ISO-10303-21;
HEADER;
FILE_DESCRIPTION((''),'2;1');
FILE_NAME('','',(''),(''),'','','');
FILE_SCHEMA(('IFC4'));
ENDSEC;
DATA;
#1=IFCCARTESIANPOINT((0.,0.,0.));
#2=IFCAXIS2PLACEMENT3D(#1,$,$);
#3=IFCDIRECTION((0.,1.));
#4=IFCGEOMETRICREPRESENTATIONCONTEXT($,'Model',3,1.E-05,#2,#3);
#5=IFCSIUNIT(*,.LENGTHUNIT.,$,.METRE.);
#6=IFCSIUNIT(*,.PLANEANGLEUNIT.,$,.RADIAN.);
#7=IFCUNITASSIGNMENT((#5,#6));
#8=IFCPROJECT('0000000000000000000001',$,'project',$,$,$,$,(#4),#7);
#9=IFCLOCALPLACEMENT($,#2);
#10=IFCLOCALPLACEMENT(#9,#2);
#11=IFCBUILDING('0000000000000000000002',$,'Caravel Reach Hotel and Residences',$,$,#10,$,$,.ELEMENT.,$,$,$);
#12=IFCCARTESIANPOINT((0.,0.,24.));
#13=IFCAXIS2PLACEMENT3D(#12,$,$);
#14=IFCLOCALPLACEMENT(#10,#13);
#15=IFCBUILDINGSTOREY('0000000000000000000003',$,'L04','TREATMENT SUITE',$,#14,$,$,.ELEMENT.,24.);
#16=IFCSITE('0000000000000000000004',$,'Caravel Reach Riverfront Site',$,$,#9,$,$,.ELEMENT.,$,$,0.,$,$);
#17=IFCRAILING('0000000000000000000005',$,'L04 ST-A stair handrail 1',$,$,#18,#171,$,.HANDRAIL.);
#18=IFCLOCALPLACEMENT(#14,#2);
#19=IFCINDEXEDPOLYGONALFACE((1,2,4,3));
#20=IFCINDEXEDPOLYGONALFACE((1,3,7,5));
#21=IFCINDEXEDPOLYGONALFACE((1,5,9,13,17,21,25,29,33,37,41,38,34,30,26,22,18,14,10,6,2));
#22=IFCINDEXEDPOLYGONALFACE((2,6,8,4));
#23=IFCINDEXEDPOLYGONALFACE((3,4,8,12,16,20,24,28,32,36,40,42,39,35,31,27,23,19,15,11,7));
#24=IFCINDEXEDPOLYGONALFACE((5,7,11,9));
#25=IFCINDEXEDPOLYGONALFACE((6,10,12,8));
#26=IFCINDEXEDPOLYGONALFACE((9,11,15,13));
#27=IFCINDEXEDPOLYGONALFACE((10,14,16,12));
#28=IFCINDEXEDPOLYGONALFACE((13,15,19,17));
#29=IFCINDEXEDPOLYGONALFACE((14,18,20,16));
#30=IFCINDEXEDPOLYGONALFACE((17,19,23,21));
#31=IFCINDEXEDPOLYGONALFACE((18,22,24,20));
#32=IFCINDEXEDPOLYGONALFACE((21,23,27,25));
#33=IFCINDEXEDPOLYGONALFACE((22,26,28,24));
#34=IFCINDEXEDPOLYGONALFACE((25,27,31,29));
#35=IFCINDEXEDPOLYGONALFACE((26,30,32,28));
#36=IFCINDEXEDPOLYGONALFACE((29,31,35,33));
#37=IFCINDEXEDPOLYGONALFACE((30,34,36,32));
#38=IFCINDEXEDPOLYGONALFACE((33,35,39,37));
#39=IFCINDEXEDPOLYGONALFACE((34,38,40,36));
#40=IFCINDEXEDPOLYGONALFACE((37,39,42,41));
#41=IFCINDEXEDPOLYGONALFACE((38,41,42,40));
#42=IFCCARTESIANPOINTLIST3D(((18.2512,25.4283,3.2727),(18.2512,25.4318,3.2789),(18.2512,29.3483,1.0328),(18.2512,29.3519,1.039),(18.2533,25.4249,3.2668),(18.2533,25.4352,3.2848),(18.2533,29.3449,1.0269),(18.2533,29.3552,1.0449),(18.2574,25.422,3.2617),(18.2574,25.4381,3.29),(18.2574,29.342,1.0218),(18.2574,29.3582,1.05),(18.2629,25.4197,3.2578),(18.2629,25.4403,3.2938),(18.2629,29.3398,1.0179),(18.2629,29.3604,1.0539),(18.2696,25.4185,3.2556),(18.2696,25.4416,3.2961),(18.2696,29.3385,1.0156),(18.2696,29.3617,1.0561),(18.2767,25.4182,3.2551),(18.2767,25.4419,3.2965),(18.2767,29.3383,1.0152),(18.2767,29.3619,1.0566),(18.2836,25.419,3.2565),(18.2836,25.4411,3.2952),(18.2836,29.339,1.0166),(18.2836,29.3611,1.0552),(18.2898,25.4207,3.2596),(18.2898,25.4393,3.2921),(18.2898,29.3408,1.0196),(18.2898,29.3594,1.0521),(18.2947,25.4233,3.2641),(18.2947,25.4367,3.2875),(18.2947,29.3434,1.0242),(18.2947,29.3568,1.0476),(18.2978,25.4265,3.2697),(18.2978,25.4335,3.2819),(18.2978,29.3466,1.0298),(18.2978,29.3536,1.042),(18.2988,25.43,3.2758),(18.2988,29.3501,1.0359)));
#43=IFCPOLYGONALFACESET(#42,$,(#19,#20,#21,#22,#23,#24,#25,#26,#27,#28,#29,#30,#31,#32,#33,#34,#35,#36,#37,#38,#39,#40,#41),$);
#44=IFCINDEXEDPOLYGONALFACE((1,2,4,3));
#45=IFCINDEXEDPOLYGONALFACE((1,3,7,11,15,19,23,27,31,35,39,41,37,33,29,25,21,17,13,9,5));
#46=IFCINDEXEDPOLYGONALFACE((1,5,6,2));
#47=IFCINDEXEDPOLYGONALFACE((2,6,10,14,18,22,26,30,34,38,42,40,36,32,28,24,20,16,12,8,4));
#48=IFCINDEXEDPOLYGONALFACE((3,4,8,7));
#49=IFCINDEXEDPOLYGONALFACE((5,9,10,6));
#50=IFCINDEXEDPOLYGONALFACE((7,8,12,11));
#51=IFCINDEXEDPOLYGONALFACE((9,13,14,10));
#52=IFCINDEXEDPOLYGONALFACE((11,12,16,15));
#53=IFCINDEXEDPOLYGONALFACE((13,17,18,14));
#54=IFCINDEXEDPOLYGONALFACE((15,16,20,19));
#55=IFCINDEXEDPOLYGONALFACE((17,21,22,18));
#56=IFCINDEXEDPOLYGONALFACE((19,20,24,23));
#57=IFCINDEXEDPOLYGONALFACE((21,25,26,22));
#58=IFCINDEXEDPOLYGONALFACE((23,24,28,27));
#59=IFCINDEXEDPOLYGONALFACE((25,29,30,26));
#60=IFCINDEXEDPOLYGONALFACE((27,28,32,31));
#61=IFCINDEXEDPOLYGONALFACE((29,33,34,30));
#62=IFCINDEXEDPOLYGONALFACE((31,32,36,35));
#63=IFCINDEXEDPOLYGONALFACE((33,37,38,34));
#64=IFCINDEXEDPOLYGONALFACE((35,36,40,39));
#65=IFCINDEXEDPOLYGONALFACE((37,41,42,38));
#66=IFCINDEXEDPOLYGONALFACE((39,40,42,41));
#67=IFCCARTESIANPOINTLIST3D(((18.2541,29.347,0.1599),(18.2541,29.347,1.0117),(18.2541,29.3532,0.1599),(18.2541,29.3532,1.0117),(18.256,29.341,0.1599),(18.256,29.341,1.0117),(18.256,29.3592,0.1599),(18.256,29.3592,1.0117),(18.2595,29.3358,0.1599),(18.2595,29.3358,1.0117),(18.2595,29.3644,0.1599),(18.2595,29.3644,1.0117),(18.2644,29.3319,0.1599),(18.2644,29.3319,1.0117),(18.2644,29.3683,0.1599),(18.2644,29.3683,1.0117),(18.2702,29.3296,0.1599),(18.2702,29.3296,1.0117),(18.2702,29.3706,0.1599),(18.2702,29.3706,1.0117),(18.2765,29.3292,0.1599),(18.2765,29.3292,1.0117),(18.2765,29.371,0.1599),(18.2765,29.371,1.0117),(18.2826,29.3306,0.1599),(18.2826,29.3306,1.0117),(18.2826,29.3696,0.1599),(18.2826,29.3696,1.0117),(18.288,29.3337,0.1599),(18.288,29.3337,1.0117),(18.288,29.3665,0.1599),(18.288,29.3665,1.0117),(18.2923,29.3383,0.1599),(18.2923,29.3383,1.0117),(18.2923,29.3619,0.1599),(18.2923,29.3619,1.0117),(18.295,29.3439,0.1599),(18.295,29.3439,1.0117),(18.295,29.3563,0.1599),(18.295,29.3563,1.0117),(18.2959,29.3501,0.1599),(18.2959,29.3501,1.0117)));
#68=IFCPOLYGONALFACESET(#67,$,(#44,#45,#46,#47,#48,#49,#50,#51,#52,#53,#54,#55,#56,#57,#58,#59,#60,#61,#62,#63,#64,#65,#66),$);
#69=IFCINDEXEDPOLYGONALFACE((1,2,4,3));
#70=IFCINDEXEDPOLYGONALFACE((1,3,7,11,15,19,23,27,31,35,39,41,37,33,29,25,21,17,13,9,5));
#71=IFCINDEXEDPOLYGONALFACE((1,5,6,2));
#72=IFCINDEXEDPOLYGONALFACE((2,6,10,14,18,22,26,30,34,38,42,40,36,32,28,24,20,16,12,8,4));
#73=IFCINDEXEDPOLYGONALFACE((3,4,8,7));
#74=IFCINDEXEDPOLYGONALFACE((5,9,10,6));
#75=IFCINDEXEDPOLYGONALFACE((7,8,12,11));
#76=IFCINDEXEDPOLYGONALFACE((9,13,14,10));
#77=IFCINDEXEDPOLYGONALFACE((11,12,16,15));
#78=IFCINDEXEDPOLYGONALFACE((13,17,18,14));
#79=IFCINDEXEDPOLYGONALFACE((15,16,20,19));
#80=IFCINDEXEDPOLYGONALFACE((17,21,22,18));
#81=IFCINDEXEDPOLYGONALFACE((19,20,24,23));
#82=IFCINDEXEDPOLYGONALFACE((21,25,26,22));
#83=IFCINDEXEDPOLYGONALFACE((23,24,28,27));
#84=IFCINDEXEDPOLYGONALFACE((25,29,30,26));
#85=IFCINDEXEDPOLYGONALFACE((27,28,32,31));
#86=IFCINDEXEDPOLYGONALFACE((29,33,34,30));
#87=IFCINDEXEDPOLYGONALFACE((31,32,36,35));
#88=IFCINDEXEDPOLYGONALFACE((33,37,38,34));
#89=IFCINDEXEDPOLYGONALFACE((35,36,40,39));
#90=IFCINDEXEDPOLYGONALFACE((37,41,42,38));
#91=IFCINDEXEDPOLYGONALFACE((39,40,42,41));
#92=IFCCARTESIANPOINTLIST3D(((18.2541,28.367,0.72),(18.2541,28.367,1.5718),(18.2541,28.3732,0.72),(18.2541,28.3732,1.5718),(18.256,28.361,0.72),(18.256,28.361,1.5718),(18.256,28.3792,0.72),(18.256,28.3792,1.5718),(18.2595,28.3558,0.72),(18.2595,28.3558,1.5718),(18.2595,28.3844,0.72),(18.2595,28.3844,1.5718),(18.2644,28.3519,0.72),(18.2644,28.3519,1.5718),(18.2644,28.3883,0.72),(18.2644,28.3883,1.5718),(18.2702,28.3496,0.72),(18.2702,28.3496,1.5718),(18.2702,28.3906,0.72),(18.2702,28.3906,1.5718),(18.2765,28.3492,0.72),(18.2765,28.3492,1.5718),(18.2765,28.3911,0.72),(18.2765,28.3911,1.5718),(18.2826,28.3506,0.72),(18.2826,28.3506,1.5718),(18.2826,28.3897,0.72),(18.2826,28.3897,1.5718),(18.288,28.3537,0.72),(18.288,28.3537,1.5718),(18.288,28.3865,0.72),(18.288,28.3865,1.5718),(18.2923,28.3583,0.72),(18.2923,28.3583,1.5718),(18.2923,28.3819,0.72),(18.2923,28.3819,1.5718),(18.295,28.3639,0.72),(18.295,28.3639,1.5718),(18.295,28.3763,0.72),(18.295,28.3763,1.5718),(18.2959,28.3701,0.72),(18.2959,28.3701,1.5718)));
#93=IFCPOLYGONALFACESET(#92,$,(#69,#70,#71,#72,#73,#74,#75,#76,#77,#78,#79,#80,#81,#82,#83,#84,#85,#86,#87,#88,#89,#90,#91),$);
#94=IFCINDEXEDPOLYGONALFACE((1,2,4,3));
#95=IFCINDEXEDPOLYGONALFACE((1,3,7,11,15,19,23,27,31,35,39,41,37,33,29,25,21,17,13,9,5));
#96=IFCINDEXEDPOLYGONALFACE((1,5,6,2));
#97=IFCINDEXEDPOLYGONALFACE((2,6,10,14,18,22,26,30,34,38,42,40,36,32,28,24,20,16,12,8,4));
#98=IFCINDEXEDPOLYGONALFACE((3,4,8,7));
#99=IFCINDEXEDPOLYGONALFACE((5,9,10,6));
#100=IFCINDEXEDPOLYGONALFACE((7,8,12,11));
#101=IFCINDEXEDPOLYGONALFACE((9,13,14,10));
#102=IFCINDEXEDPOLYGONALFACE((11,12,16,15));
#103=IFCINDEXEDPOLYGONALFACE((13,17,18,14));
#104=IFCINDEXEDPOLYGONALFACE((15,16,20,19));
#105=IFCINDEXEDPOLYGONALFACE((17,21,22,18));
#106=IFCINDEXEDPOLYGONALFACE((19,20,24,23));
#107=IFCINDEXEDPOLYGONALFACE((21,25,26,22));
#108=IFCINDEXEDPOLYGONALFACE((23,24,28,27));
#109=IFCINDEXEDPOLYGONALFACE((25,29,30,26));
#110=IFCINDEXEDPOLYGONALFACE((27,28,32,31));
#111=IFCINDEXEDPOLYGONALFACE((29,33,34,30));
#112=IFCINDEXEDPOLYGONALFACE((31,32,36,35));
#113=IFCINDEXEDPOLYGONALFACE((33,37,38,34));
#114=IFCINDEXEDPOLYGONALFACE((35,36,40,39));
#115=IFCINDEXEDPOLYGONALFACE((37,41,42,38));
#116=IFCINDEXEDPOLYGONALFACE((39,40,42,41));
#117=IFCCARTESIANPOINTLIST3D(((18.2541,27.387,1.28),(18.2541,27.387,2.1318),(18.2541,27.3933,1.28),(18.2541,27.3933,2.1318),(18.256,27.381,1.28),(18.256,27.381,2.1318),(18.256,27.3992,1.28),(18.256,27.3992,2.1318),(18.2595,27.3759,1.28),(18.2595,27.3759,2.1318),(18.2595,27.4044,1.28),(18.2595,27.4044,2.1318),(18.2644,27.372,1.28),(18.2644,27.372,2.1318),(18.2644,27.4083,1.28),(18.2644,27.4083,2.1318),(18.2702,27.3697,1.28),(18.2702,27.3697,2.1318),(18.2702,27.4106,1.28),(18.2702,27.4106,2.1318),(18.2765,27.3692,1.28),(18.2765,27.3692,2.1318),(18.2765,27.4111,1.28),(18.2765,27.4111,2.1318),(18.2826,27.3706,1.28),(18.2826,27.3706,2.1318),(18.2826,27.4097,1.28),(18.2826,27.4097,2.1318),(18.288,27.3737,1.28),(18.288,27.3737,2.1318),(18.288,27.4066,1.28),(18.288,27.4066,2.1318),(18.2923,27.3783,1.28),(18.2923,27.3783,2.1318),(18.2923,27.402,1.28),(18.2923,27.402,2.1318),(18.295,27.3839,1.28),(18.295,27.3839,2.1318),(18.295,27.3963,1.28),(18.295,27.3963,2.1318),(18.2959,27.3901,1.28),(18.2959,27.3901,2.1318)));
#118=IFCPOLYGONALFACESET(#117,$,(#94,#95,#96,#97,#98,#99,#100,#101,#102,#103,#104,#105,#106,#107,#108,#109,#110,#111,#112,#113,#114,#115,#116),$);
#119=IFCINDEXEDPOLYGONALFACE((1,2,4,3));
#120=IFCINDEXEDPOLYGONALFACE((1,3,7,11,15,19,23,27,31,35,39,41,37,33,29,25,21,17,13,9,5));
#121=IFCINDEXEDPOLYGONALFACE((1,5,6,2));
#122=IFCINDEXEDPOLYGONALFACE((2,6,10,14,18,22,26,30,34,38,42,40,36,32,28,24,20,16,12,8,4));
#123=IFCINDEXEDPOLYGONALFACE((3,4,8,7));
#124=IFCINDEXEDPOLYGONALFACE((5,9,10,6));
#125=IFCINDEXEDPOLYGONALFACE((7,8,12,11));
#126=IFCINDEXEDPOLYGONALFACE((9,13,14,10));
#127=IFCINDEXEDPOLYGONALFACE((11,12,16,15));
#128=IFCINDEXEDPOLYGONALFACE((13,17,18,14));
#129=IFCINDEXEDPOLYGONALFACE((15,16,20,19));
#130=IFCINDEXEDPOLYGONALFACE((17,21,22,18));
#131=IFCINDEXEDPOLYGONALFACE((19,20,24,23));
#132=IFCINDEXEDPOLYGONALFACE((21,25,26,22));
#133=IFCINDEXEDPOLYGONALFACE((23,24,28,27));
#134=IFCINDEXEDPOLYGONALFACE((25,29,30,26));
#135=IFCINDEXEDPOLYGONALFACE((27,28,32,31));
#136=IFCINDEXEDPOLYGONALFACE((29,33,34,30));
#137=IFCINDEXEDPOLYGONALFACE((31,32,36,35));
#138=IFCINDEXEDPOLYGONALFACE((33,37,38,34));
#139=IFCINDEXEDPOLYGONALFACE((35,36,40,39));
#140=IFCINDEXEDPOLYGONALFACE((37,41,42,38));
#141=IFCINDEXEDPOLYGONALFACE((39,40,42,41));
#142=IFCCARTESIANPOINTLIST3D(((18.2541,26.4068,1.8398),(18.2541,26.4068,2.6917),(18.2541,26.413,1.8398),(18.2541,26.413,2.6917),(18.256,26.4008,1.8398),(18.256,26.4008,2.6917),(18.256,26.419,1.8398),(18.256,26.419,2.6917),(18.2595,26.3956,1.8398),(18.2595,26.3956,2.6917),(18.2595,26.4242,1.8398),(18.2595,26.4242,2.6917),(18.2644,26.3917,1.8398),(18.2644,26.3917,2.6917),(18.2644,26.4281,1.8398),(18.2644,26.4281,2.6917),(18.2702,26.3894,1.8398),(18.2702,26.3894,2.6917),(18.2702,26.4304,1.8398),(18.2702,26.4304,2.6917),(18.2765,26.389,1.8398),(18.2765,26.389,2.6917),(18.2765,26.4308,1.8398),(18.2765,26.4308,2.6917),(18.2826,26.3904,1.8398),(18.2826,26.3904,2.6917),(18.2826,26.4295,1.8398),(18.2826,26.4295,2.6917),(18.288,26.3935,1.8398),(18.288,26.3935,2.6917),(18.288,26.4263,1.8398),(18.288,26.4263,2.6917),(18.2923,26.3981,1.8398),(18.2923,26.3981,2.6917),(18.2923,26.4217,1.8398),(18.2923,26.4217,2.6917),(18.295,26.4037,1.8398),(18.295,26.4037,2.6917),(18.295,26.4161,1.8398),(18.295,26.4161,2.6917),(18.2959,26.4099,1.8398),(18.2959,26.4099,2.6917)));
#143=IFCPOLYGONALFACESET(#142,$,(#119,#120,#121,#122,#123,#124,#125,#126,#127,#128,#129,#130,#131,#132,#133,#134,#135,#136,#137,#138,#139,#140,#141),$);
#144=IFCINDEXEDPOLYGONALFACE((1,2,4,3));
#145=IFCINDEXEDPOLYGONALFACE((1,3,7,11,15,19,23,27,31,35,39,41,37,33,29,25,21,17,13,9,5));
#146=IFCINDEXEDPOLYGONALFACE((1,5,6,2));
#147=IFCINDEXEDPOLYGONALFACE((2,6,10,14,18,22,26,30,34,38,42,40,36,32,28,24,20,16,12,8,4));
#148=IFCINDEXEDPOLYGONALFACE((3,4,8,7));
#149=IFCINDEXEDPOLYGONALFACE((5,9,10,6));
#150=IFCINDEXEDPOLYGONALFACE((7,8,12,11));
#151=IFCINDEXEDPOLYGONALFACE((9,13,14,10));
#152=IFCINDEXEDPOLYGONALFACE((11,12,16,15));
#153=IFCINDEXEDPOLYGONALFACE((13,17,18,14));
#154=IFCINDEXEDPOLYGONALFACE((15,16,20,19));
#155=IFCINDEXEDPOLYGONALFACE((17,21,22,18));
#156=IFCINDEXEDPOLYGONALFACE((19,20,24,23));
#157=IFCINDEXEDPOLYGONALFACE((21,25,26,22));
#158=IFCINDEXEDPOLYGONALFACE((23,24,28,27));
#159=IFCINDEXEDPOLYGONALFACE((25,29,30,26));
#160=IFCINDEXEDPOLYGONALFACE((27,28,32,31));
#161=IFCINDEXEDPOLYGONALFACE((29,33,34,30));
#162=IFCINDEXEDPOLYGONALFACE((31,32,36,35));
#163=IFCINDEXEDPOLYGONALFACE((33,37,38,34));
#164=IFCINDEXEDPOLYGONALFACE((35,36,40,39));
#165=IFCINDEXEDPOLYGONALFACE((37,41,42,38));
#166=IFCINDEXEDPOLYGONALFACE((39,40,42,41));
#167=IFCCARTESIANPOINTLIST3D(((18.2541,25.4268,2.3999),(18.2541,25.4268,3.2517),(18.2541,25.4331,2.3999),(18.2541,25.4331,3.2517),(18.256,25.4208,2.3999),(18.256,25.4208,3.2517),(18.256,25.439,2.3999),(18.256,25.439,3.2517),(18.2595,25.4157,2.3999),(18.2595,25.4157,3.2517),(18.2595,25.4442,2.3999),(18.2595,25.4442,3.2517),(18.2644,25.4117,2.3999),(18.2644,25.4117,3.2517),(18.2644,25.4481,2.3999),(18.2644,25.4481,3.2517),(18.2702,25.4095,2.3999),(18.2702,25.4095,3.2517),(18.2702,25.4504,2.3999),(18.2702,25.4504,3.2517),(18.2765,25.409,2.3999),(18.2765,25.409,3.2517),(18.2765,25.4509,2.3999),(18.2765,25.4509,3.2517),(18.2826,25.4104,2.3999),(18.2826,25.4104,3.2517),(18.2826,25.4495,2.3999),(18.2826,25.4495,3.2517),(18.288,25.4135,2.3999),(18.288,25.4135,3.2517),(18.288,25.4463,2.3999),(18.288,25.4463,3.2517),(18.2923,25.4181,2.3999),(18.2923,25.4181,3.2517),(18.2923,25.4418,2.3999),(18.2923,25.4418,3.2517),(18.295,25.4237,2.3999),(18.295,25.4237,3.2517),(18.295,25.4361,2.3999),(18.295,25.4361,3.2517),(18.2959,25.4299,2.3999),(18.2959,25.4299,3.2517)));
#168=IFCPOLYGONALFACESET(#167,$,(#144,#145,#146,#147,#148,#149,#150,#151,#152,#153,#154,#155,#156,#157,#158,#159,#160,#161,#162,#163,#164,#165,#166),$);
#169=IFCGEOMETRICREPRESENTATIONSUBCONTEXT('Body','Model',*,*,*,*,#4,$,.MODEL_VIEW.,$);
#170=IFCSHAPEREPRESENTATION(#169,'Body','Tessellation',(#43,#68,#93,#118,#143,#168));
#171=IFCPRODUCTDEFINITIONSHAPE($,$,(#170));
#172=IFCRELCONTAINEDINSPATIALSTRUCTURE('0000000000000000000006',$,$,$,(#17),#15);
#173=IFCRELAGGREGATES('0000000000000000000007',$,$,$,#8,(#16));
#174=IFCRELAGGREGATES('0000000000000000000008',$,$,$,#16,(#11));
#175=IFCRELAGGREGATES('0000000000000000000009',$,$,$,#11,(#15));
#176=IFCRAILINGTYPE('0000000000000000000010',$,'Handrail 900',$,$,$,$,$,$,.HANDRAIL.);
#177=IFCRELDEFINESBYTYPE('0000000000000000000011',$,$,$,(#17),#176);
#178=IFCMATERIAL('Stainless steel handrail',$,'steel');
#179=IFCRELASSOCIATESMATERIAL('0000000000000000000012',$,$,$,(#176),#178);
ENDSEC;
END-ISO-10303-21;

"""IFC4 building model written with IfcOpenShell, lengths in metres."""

from ifc_helpers import new_model, si_unit, direction, frame, origin, origin_2d, place, context, subcontext, project, spatial, circle, extrude, material, type_object, element, save


model = new_model("IFC4")

# Units and contexts
model_context = context("Model", 3, precision=1e-05, world=origin(), true_north=direction((0.0, 1.0)))
body_context = subcontext(model_context, "Body", "Model", "MODEL_VIEW")
ifc_project = project(units=[si_unit("LENGTHUNIT", "METRE"), si_unit("PLANEANGLEUNIT", "RADIAN")], contexts=[model_context])

# Site, building, storey
site_placement = place(None, origin())
site = spatial("IfcSite", under=ifc_project, at=site_placement, Name="Caravel Reach Riverfront Site", CompositionType="ELEMENT", RefElevation=0.0)
building_placement = place(site_placement, origin())
building = spatial("IfcBuilding", under=site, at=building_placement, Name="Caravel Reach Hotel and Residences", CompositionType="ELEMENT")
storey_placement = place(building_placement, frame((0.0, 0.0, 24.0)))
storey = spatial("IfcBuildingStorey", under=building, at=storey_placement, Name="L04", Description="TREATMENT SUITE", CompositionType="ELEMENT", Elevation=24.0)

# Railing
ifc_material_1 = material(Name="Stainless steel handrail", Category="steel")
railing_type_1 = type_object("IfcRailingType", Name="Handrail 900", PredefinedType="HANDRAIL", material=ifc_material_1)
railing_1_placement = place(storey_placement, frame((18.2749, 29.3501, 0.1599)))
element("IfcRailing", 1, at=railing_1_placement, inside=storey, type_object=railing_type_1, Name="L04 ST-A stair handrail 1", PredefinedType="HANDRAIL", context=body_context, shape_type="SweptSolid", body=[
    extrude(circle(Radius=0.0239, at=origin_2d()), frame((0.0, 0.0, 0.876), z_axis=(0.0, -0.868253, 0.496121), x_axis=(1.0, 0.0, 0.0)), (0.0, 0.0, 1.0), 4.5149),
    extrude(circle(Radius=0.021, at=origin_2d()), origin(), (0.0, 0.0, 1.0), 0.8518),
    extrude(circle(Radius=0.021, at=origin_2d()), frame((0.0, -0.98, 0.5601)), (0.0, 0.0, 1.0), 0.8518),
    extrude(circle(Radius=0.021, at=origin_2d()), frame((0.0, -1.96, 1.1201)), (0.0, 0.0, 1.0), 0.8518),
    extrude(circle(Radius=0.021, at=origin_2d()), frame((0.0, -2.9402, 1.6799)), (0.0, 0.0, 1.0), 0.8518),
    extrude(circle(Radius=0.021, at=origin_2d()), frame((0.0, -3.9202, 2.24)), (0.0, 0.0, 1.0), 0.8518),
])

save(model, "model.ifc")
